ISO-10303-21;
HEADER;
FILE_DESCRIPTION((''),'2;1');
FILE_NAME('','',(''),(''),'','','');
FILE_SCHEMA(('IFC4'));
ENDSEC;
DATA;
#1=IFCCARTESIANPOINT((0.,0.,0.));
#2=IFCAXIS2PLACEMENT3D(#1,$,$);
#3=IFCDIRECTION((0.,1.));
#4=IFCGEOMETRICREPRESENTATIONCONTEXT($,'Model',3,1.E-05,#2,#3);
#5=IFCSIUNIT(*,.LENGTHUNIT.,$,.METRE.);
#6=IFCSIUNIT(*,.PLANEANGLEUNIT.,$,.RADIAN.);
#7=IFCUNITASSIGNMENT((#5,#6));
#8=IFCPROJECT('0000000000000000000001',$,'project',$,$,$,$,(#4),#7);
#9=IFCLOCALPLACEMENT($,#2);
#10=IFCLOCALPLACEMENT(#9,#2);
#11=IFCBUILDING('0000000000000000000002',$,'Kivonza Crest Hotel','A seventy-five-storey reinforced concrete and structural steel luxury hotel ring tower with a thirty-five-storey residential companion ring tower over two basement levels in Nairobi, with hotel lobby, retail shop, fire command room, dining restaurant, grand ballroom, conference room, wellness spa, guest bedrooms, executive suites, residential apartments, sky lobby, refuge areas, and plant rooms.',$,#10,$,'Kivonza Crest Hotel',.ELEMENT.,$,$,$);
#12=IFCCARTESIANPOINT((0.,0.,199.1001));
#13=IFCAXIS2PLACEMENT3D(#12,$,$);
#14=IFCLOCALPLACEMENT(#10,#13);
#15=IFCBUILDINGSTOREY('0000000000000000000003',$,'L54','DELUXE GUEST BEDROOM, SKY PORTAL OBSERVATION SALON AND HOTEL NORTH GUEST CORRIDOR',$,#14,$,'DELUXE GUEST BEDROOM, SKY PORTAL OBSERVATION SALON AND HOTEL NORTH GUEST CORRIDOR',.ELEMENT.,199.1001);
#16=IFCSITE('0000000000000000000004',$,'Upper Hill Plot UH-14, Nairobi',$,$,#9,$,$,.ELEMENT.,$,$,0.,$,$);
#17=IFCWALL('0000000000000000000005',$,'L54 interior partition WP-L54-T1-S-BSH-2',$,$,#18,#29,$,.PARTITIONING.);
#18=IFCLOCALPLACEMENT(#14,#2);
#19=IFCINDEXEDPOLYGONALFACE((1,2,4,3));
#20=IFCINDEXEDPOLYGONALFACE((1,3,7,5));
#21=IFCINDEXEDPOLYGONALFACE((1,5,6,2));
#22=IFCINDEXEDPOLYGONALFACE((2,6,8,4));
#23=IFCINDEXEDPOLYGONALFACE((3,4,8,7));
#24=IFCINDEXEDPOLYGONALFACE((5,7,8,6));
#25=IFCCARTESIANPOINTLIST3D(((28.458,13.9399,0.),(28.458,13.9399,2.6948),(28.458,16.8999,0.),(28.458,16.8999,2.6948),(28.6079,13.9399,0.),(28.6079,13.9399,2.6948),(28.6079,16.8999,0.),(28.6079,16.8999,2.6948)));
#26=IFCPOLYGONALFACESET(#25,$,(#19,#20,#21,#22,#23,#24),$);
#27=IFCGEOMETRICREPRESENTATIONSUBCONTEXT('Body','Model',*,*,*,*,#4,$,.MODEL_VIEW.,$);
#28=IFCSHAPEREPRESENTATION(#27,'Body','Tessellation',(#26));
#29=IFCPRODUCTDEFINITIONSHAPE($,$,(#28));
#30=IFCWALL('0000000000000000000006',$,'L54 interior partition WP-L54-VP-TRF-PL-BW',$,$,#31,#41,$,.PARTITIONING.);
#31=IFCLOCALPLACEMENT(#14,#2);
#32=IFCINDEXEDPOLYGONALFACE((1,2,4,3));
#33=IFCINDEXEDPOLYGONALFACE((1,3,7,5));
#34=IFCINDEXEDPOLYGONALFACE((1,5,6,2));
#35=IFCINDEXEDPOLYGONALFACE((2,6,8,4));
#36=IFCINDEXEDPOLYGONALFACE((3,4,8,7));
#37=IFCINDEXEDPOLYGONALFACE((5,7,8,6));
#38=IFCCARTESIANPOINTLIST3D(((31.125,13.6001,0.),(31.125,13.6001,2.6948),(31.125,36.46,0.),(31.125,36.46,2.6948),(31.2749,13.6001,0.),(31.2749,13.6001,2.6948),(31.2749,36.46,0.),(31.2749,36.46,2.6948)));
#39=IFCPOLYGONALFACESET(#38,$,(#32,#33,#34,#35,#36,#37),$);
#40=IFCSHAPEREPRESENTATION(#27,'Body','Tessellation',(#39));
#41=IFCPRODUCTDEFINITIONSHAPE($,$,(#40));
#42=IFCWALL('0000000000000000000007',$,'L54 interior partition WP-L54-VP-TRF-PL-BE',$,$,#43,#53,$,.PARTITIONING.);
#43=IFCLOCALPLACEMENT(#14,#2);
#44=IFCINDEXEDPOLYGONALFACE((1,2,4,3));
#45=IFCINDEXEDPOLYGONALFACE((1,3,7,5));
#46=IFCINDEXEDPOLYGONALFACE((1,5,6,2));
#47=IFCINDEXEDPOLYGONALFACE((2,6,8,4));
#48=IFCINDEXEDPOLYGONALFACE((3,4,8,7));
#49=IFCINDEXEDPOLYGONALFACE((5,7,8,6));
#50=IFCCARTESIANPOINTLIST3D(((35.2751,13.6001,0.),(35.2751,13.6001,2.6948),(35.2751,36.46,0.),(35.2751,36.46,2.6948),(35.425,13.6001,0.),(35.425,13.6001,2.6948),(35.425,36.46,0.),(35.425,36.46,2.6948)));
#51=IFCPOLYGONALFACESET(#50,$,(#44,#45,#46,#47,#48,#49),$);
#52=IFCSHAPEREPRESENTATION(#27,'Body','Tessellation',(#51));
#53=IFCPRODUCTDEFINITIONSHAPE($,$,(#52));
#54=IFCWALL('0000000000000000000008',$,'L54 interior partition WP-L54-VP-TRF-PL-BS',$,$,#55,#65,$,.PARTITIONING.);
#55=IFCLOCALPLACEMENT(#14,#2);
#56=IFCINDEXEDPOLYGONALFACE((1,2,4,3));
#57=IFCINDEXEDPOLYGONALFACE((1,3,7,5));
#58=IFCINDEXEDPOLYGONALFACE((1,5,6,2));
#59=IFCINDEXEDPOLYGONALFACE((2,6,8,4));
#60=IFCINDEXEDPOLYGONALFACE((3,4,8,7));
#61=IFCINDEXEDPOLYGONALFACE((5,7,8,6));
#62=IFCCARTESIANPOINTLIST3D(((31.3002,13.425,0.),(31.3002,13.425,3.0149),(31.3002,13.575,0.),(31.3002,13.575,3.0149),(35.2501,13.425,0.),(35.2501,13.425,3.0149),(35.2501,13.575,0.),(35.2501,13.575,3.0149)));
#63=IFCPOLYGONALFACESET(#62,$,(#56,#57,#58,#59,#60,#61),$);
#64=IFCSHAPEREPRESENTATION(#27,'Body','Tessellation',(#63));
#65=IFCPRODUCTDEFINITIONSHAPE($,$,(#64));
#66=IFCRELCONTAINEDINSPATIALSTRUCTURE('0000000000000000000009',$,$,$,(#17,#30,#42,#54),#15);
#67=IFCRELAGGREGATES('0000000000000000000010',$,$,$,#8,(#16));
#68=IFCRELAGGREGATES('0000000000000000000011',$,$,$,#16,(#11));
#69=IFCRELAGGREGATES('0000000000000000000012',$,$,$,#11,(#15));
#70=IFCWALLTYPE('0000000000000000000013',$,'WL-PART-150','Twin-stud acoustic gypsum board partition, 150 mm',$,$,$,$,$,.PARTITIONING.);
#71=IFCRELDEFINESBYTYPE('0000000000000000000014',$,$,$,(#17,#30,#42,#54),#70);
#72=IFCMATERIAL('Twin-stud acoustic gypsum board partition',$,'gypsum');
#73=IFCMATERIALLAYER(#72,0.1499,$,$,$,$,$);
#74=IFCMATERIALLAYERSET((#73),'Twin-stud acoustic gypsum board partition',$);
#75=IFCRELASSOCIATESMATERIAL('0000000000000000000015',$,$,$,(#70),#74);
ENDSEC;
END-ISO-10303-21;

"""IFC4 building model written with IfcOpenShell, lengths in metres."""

from ifc_helpers import new_model, si_unit, direction, frame, frame_2d, origin, place, context, subcontext, project, spatial, rectangle, extrude, material, layer, layer_set, type_object, element, save


model = new_model("IFC4")

# Units and contexts
model_context = context("Model", 3, precision=1e-05, world=origin(), true_north=direction((0.0, 1.0)))
body_context = subcontext(model_context, "Body", "Model", "MODEL_VIEW")
ifc_project = project(units=[si_unit("LENGTHUNIT", "METRE"), si_unit("PLANEANGLEUNIT", "RADIAN")], contexts=[model_context])

# Site, building, storey
site_placement = place(None, origin())
site = spatial("IfcSite", under=ifc_project, at=site_placement, Name="Upper Hill Plot UH-14, Nairobi", CompositionType="ELEMENT", RefElevation=0.0)
building_placement = place(site_placement, origin())
building = spatial("IfcBuilding", under=site, at=building_placement, Name="Kivonza Crest Hotel", Description="A seventy-five-storey reinforced concrete and structural steel luxury hotel ring tower with a thirty-five-storey residential companion ring tower over two basement levels in Nairobi, with hotel lobby, retail shop, fire command room, dining restaurant, grand ballroom, conference room, wellness spa, guest bedrooms, executive suites, residential apartments, sky lobby, refuge areas, and plant rooms.", LongName="Kivonza Crest Hotel", CompositionType="ELEMENT")
storey_placement = place(building_placement, frame((0.0, 0.0, 199.1001)))
storey = spatial("IfcBuildingStorey", under=building, at=storey_placement, Name="L54", Description="DELUXE GUEST BEDROOM, SKY PORTAL OBSERVATION SALON AND HOTEL NORTH GUEST CORRIDOR", LongName="DELUXE GUEST BEDROOM, SKY PORTAL OBSERVATION SALON AND HOTEL NORTH GUEST CORRIDOR", CompositionType="ELEMENT", Elevation=199.1001)

# Walls
ifc_material_1 = material(Name="Twin-stud acoustic gypsum board partition", Category="gypsum")
ifc_layer_1 = layer(ifc_material_1, 0.1499)
ifc_layer_set_1 = layer_set([ifc_layer_1], Name="Twin-stud acoustic gypsum board partition")
wall_type_1 = type_object("IfcWallType", Name="WL-PART-150", Description="Twin-stud acoustic gypsum board partition, 150 mm", PredefinedType="PARTITIONING", material=ifc_layer_set_1)
wall_1_placement = place(storey_placement, frame((28.533, 13.9399, 0.0), z_axis=(0.0, 0.0, 1.0), x_axis=(0.0, 1.0, 0.0)))
element("IfcWall", 1, at=wall_1_placement, inside=storey, type_object=wall_type_1, Name="L54 interior partition WP-L54-T1-S-BSH-2", PredefinedType="PARTITIONING", context=body_context, shape_type="SweptSolid", body=[
    extrude(rectangle(XDim=2.96, YDim=0.1499, at=frame_2d((1.48, 0.0))), origin(), (0.0, 0.0, 1.0), 2.6948),
])
for number, where, z_axis, x_axis, name in (
    (2, (31.2, 13.6001, 0.0), (0.0, 0.0, 1.0), (0.0, 1.0, 0.0), "L54 interior partition WP-L54-VP-TRF-PL-BW"),
    (3, (35.3501, 13.6001, 0.0), (0.0, 0.0, 1.0), (0.0, 1.0, 0.0), "L54 interior partition WP-L54-VP-TRF-PL-BE"),
):
    element("IfcWall", number, at=place(storey_placement, frame(where, z_axis=z_axis, x_axis=x_axis)), inside=storey, type_object=wall_type_1, Name=name, PredefinedType="PARTITIONING", context=body_context, shape_type="SweptSolid", body=[
        extrude(rectangle(XDim=22.8599, YDim=0.1499, at=frame_2d((11.4299, 0.0))), origin(), (0.0, 0.0, 1.0), 2.6948),
    ])
wall_2_placement = place(storey_placement, frame((31.3, 13.5, 0.0), z_axis=(0.0, 0.0, 1.0), x_axis=(1.0, 0.0, 0.0)))
element("IfcWall", 4, at=wall_2_placement, inside=storey, type_object=wall_type_1, Name="L54 interior partition WP-L54-VP-TRF-PL-BS", PredefinedType="PARTITIONING", context=body_context, shape_type="SweptSolid", body=[
    extrude(rectangle(XDim=3.95, YDim=0.1499, at=frame_2d((1.9751, 0.0))), origin(), (0.0, 0.0, 1.0), 3.0149),
])

save(model, "model.ifc")
